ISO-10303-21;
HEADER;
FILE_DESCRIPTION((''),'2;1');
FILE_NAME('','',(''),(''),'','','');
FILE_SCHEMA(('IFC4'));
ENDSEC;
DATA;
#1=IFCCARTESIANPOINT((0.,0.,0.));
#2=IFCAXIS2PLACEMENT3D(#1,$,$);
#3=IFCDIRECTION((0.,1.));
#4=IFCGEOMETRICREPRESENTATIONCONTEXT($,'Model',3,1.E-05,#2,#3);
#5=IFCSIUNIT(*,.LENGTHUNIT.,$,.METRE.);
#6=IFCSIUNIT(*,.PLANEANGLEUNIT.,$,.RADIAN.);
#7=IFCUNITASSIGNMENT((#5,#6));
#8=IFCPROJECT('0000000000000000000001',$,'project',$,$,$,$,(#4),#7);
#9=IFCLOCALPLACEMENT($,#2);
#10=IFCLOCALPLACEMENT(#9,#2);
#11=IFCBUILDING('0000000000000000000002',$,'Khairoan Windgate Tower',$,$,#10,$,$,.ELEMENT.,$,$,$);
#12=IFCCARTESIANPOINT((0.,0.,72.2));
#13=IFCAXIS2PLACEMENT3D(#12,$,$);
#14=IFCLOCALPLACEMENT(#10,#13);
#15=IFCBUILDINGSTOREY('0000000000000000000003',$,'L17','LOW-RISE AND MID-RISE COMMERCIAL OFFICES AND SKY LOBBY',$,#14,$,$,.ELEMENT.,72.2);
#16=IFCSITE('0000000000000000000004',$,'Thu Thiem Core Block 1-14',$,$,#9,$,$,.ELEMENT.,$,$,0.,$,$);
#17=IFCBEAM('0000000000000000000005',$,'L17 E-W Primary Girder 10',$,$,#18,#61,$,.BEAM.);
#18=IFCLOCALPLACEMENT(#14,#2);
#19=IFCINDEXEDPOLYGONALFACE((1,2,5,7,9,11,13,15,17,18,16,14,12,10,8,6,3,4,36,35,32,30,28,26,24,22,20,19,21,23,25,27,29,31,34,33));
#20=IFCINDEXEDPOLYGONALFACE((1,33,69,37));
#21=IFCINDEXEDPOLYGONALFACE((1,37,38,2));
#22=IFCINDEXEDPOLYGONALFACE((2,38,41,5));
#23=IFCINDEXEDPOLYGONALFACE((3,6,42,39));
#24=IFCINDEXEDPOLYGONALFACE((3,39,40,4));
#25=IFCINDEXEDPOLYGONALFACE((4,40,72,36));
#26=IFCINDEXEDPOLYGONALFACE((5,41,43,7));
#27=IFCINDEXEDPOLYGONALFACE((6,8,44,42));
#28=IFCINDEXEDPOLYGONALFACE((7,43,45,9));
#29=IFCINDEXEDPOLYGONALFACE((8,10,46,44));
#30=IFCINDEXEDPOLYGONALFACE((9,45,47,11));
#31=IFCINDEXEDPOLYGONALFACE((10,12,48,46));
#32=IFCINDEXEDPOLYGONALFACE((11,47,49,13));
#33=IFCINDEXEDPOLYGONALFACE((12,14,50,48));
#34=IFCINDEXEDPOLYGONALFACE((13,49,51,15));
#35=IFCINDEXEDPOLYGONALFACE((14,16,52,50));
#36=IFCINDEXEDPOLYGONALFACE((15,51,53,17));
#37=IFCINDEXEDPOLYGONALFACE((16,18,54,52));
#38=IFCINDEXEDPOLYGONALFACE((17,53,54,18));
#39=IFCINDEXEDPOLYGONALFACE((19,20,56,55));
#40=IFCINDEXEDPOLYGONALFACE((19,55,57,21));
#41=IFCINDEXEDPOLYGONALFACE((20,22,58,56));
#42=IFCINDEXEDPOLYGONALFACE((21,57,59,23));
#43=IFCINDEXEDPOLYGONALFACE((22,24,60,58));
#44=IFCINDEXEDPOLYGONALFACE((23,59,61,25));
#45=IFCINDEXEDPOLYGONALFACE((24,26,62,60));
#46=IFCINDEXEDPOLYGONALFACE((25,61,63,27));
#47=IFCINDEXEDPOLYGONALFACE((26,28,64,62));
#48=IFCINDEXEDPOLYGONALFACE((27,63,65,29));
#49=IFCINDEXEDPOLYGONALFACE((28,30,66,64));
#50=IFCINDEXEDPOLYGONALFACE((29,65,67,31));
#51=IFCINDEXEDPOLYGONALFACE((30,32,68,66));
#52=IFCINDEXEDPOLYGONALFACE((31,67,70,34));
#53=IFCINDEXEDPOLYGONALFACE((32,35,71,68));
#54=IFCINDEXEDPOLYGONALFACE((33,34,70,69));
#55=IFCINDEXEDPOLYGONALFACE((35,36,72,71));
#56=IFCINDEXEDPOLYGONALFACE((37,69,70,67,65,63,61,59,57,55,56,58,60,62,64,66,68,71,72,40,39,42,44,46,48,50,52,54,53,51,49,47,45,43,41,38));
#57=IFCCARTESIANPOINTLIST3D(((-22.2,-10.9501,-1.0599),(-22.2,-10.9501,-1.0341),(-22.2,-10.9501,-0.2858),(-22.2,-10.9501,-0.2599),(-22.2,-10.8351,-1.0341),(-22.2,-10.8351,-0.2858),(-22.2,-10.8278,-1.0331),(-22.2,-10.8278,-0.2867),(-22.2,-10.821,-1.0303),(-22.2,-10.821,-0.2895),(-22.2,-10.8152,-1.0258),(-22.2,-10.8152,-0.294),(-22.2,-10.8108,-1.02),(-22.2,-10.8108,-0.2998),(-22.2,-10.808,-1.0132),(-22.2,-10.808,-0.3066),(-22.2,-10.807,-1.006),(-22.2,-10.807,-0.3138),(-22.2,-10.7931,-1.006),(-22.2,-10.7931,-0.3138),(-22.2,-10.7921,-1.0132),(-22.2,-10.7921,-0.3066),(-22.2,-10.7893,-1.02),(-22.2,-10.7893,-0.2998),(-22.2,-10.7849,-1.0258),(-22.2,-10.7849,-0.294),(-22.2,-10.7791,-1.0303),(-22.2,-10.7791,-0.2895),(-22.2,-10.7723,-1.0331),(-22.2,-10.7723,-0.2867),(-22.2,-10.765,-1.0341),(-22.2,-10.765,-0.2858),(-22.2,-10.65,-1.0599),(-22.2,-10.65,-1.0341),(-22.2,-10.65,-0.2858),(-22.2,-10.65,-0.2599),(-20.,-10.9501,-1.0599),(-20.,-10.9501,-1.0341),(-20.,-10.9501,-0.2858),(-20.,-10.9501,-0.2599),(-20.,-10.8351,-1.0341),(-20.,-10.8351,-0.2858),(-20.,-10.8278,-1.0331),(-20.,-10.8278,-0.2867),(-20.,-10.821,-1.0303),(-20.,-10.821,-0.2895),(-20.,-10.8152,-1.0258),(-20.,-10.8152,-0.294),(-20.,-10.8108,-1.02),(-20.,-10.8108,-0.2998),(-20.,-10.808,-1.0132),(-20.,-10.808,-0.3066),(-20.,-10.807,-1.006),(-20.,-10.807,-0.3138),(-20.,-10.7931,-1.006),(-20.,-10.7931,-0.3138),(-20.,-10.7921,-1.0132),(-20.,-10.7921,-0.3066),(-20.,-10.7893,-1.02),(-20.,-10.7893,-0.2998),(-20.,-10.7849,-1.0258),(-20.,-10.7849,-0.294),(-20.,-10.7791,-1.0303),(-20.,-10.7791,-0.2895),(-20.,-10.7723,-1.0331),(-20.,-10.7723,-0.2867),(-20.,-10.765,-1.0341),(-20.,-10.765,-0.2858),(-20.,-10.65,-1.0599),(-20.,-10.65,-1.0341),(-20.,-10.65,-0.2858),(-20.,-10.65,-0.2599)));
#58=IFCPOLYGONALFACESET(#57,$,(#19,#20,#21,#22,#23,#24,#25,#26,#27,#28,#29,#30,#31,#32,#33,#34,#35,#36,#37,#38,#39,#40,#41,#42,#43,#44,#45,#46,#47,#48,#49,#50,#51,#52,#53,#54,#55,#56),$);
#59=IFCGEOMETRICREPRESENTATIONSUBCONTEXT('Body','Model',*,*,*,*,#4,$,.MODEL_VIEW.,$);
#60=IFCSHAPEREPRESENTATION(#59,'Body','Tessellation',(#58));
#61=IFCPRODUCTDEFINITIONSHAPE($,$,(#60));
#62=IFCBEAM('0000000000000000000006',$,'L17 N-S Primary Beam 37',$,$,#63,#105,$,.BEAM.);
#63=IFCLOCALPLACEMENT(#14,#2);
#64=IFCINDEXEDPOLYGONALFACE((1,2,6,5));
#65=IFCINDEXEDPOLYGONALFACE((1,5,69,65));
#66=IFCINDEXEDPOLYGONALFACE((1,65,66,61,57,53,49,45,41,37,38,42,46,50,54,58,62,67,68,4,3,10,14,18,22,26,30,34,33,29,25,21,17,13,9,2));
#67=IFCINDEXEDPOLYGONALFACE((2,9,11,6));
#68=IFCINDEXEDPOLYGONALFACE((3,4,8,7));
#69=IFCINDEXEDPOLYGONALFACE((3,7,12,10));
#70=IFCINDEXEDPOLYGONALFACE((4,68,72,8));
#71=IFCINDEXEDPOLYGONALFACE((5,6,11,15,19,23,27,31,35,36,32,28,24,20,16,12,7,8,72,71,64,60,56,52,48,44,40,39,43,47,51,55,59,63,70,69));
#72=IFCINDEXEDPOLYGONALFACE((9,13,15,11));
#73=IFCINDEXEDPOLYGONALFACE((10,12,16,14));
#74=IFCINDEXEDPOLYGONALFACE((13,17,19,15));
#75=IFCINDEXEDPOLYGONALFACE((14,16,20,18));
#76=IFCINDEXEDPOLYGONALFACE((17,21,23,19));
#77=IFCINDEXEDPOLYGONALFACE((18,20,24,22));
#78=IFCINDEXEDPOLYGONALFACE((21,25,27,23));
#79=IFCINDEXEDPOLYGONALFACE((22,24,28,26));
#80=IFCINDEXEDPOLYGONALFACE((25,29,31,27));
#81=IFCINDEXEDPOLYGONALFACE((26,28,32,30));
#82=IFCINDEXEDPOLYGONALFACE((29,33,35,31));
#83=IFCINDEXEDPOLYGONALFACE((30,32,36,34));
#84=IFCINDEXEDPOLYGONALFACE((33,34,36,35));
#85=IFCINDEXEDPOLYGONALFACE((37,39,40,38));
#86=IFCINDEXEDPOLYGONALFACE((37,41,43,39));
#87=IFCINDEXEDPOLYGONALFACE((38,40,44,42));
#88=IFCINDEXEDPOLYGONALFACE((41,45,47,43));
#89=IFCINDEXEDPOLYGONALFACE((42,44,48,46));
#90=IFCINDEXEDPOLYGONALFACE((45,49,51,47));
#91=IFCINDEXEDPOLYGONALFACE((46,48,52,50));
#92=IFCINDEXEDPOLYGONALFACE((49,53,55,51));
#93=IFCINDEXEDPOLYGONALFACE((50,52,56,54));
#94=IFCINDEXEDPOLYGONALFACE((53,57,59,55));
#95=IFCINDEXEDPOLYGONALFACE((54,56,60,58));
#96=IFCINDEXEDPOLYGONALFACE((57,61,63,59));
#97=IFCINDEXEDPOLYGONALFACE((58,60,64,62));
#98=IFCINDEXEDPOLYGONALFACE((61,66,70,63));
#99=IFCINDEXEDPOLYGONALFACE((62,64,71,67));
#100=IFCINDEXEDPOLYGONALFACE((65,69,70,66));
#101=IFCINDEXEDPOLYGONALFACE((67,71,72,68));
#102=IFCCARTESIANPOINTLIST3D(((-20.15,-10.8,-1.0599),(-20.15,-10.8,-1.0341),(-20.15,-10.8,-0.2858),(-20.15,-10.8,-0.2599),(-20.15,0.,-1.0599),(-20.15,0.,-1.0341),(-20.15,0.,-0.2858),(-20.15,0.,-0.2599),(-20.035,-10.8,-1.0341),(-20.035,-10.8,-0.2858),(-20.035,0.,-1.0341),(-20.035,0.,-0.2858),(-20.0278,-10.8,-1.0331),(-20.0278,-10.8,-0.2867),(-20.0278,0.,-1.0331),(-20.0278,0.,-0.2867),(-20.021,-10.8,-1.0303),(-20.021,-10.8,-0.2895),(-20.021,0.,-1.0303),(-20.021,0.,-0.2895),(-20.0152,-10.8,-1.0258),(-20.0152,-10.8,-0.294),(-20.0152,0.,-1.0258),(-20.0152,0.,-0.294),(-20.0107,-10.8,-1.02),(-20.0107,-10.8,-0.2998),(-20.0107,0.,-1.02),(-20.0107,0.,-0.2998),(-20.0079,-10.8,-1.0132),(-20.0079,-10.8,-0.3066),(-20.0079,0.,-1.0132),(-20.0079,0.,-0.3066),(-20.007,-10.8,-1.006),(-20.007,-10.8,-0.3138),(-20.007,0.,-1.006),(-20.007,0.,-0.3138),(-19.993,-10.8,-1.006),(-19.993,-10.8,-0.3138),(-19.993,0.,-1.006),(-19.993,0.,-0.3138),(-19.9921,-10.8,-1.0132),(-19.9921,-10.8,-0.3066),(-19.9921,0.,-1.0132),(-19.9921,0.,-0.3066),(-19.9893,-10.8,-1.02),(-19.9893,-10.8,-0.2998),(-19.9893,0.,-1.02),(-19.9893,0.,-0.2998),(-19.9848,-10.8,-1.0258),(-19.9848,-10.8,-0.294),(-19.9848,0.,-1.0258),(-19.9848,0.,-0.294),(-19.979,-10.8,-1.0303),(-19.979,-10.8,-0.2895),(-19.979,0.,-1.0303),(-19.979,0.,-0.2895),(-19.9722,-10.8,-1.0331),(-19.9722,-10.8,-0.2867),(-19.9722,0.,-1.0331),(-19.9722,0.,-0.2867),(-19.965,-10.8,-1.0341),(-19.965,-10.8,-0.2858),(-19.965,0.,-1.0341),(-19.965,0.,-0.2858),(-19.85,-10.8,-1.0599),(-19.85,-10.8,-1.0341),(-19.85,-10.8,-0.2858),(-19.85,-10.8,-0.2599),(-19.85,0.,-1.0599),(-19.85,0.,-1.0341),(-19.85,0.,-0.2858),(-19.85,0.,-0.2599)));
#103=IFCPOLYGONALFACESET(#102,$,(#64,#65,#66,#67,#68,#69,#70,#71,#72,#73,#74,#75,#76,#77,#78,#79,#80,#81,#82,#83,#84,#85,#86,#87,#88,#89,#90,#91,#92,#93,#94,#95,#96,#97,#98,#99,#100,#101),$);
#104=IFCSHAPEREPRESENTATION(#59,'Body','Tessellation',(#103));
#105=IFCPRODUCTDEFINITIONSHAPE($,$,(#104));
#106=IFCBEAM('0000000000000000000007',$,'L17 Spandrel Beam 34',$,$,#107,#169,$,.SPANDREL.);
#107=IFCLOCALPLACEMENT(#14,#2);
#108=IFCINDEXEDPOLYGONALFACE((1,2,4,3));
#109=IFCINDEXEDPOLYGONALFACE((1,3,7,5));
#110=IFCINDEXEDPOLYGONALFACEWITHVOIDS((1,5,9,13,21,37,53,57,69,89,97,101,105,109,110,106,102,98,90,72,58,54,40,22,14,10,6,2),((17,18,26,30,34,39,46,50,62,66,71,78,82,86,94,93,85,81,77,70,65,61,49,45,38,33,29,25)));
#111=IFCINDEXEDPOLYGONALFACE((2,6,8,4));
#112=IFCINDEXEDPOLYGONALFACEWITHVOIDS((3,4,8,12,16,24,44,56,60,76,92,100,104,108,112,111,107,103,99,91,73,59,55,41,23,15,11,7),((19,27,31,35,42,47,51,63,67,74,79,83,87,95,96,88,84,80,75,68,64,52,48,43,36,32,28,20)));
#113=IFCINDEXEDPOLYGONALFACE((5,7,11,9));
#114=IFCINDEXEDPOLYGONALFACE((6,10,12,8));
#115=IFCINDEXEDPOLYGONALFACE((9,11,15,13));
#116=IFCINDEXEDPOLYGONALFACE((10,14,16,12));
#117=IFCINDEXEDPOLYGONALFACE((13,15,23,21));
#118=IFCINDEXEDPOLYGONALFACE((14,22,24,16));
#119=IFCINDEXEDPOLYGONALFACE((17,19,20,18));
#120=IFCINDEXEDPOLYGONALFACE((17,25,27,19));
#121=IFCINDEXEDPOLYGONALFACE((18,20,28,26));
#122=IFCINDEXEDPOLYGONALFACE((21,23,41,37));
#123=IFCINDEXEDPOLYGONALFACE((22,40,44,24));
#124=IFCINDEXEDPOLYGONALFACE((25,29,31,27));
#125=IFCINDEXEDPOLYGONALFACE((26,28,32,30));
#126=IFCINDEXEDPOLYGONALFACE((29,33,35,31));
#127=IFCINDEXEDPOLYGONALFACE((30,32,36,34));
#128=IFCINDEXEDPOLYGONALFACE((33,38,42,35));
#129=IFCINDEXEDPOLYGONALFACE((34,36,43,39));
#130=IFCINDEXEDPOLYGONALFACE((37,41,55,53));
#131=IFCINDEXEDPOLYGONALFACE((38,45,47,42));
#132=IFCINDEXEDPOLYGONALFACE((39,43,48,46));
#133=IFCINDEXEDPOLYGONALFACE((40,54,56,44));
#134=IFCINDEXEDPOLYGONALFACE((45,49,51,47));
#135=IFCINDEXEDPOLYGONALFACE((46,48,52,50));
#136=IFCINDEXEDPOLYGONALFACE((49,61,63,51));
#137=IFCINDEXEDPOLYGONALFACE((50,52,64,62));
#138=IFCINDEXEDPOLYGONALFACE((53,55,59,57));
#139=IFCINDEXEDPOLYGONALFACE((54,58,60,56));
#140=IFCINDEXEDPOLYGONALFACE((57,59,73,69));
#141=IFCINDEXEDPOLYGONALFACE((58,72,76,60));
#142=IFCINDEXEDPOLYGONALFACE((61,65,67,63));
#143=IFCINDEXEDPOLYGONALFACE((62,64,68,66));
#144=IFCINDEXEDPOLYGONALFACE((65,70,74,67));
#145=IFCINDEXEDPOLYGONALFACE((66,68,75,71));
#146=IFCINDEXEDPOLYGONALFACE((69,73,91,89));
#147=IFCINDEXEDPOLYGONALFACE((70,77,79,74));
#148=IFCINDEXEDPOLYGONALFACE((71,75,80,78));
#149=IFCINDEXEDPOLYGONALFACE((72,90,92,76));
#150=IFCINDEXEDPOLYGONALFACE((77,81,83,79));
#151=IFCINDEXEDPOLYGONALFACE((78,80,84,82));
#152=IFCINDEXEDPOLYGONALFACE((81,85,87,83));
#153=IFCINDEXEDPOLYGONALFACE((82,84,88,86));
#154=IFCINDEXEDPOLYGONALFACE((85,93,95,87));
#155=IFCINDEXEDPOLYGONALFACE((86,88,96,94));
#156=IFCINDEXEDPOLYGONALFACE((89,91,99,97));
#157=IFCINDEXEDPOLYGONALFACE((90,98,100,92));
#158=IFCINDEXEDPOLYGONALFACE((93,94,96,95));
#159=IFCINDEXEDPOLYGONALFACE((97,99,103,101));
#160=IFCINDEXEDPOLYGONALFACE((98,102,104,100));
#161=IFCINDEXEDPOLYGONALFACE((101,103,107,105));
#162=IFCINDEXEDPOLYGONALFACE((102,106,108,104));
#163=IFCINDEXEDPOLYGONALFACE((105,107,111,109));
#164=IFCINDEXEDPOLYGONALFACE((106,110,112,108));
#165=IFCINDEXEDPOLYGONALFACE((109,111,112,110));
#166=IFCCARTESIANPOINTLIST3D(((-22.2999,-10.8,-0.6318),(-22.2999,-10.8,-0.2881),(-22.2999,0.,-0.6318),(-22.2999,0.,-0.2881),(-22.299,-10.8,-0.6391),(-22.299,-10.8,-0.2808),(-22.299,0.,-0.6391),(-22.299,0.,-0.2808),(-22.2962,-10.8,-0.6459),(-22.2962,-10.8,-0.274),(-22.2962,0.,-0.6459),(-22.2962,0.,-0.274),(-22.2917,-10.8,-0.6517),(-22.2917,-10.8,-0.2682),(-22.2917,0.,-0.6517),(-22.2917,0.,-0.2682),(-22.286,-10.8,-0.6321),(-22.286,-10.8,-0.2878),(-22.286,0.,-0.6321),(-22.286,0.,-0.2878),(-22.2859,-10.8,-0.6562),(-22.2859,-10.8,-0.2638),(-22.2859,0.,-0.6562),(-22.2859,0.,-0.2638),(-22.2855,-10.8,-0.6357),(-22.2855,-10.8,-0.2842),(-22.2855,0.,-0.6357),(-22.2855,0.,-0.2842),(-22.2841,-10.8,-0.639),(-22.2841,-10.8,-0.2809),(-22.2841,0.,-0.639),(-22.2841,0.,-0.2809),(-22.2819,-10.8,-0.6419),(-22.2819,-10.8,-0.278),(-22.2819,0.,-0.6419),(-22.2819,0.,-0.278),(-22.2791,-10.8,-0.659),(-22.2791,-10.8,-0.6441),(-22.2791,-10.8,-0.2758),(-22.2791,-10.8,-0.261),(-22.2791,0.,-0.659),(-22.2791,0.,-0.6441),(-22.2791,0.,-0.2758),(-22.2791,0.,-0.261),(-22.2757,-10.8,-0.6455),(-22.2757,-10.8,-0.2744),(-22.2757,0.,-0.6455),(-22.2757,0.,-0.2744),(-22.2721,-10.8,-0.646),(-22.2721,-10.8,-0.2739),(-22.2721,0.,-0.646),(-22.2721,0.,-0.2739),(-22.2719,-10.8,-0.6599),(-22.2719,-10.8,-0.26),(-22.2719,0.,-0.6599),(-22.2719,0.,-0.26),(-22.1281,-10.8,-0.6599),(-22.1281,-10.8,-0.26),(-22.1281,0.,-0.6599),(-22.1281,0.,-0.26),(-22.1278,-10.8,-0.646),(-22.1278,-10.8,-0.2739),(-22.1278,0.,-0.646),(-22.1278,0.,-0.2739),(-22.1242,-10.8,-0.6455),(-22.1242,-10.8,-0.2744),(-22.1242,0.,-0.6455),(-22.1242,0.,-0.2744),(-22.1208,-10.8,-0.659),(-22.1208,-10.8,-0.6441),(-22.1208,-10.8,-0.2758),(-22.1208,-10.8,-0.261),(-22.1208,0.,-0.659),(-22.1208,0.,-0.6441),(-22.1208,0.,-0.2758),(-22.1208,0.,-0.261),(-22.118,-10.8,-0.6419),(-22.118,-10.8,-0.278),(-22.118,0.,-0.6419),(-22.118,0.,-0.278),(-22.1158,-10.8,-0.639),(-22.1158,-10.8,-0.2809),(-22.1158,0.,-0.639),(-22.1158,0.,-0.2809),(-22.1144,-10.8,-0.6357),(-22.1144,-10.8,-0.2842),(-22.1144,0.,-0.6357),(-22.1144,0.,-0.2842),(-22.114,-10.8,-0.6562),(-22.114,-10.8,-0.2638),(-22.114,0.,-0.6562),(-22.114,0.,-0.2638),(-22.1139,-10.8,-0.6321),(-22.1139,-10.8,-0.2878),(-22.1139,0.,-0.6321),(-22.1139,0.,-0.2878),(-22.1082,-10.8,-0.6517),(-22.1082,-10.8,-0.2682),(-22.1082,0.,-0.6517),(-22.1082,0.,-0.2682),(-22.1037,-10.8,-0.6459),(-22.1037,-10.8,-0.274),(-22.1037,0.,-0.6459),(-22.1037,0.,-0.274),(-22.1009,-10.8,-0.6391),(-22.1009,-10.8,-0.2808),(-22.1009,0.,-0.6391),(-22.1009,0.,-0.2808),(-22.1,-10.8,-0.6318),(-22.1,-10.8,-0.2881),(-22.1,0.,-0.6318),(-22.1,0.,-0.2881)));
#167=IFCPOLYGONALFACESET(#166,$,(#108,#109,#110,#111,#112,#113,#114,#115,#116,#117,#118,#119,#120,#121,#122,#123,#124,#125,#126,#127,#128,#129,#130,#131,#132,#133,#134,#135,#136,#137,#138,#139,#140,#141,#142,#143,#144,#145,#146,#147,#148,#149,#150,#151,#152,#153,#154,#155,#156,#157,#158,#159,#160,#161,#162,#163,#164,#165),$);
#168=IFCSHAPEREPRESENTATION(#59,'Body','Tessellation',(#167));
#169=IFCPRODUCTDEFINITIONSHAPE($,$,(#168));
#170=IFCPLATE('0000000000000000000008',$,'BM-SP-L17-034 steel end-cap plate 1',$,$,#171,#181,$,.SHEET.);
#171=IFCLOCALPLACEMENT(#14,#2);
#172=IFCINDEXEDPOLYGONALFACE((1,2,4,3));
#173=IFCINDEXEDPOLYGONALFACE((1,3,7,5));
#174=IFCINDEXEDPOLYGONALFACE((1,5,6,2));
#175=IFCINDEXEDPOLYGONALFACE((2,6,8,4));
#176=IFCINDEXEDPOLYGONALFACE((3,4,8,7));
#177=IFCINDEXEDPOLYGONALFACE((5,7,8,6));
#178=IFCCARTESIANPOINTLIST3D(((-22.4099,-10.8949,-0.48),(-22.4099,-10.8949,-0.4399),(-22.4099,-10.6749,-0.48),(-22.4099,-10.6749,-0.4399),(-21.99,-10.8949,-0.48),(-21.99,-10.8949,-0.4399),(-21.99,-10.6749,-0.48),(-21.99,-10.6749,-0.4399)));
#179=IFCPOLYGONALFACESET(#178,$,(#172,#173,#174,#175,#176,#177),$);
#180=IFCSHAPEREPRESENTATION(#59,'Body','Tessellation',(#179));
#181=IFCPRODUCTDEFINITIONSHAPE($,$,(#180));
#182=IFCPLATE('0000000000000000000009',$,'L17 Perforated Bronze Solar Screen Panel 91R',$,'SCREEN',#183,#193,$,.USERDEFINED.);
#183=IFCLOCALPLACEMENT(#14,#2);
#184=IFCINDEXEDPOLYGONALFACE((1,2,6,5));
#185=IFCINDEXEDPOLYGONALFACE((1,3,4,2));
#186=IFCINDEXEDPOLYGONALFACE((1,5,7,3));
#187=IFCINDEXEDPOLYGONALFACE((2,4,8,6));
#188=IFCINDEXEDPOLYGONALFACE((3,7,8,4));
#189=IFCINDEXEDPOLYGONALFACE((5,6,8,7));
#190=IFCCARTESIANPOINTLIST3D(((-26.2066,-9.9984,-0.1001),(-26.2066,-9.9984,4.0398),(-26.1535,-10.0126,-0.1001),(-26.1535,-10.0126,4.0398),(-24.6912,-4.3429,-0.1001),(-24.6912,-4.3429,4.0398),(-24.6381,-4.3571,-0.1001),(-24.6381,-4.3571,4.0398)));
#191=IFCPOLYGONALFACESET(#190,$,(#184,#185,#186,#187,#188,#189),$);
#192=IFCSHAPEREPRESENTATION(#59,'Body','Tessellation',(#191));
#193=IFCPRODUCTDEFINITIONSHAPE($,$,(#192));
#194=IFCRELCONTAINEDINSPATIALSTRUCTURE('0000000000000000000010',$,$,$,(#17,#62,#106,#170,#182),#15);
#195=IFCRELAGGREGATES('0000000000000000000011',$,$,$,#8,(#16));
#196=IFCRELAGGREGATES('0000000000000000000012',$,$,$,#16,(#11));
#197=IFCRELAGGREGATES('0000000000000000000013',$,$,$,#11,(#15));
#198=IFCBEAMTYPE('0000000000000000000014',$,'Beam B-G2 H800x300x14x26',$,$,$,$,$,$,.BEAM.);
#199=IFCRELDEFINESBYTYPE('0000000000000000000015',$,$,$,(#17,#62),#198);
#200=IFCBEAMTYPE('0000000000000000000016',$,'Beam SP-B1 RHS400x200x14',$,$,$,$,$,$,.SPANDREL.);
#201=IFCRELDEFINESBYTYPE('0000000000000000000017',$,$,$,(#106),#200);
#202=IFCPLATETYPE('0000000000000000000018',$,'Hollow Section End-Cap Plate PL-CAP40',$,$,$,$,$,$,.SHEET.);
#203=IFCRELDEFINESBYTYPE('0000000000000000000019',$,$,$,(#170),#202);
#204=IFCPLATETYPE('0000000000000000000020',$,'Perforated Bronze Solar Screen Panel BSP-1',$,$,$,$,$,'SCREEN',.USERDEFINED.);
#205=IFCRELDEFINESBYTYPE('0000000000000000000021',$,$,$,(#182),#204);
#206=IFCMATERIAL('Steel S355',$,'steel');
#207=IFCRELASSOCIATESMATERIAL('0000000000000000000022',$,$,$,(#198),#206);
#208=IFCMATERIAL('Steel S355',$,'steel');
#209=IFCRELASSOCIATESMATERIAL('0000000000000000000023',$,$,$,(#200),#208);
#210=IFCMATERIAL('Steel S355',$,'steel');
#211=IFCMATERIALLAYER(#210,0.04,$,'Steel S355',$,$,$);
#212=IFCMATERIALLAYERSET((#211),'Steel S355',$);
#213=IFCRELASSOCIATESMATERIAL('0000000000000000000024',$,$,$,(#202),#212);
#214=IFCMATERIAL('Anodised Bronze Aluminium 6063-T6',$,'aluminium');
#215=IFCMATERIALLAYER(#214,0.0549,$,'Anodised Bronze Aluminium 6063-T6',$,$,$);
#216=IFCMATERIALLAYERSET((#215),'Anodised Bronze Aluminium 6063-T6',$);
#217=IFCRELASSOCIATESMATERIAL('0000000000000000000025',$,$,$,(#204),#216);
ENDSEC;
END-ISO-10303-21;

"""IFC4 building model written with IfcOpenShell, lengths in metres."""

from ifc_helpers import new_model, si_unit, direction, frame, origin, origin_2d, place, context, subcontext, project, spatial, rectangle, hollow_rectangle, i_section, extrude, material, layer, layer_set, material_profile, profile_set, type_object, element, save


model = new_model("IFC4")

# Units and contexts
model_context = context("Model", 3, precision=1e-05, world=origin(), true_north=direction((0.0, 1.0)))
body_context = subcontext(model_context, "Body", "Model", "MODEL_VIEW")
ifc_project = project(units=[si_unit("LENGTHUNIT", "METRE"), si_unit("PLANEANGLEUNIT", "RADIAN")], contexts=[model_context])

# Site, building, storey
site_placement = place(None, origin())
site = spatial("IfcSite", under=ifc_project, at=site_placement, Name="Thu Thiem Core Block 1-14", CompositionType="ELEMENT", RefElevation=0.0)
building_placement = place(site_placement, origin())
building = spatial("IfcBuilding", under=site, at=building_placement, Name="Khairoan Windgate Tower", CompositionType="ELEMENT")
storey_placement = place(building_placement, frame((0.0, 0.0, 72.2)))
storey = spatial("IfcBuildingStorey", under=building, at=storey_placement, Name="L17", Description="LOW-RISE AND MID-RISE COMMERCIAL OFFICES AND SKY LOBBY", CompositionType="ELEMENT", Elevation=72.2)

# Beams
ifc_material_1 = material(Name="Steel S355", Category="steel")
ifc_material_profile_1 = material_profile(ifc_material_1, i_section(OverallWidth=0.3, OverallDepth=0.8, WebThickness=0.0139, FlangeThickness=0.0259, FilletRadius=0.0281, at=origin_2d()))
ifc_profile_set_1 = profile_set([ifc_material_profile_1], Name="Steel S355")
beam_type_1 = type_object("IfcBeamType", Name="Beam B-G2 H800x300x14x26", PredefinedType="BEAM", material=ifc_profile_set_1)
beam_1_placement = place(storey_placement, frame((-22.2, -10.8, -0.6599), z_axis=(1.0, 0.0, 0.0), x_axis=(0.0, 1.0, 0.0)))
element("IfcBeam", 1, at=beam_1_placement, inside=storey, type_object=beam_type_1, Name="L17 E-W Primary Girder 10", PredefinedType="BEAM", context=body_context, shape_type="SweptSolid", body=[
    extrude(i_section(OverallWidth=0.3, OverallDepth=0.8, WebThickness=0.0139, FlangeThickness=0.0259, FilletRadius=0.0281, at=origin_2d()), origin(), (0.0, 0.0, 1.0), 2.2),
])
beam_2_placement = place(storey_placement, frame((-20.0, -10.8, -0.6599), z_axis=(0.0, 1.0, 0.0), x_axis=(-1.0, 0.0, 0.0)))
element("IfcBeam", 2, at=beam_2_placement, inside=storey, type_object=beam_type_1, Name="L17 N-S Primary Beam 37", PredefinedType="BEAM", context=body_context, shape_type="SweptSolid", body=[
    extrude(i_section(OverallWidth=0.3, OverallDepth=0.8, WebThickness=0.0139, FlangeThickness=0.0259, FilletRadius=0.0281, at=origin_2d()), origin(), (0.0, 0.0, 1.0), 10.8),
])
ifc_material_2 = material(Name="Steel S355", Category="steel")
ifc_material_profile_2 = material_profile(ifc_material_2, hollow_rectangle(XDim=0.2, YDim=0.3999, WallThickness=0.0139, InnerFilletRadius=0.0139, OuterFilletRadius=0.0281, at=origin_2d()))
ifc_profile_set_2 = profile_set([ifc_material_profile_2], Name="Steel S355")
beam_type_2 = type_object("IfcBeamType", Name="Beam SP-B1 RHS400x200x14", PredefinedType="SPANDREL", material=ifc_profile_set_2)
beam_3_placement = place(storey_placement, frame((-22.2, -10.8, -0.46), z_axis=(0.0, 1.0, 0.0), x_axis=(-1.0, 0.0, 0.0)))
element("IfcBeam", 3, at=beam_3_placement, inside=storey, type_object=beam_type_2, Name="L17 Spandrel Beam 34", PredefinedType="SPANDREL", context=body_context, shape_type="SweptSolid", body=[
    extrude(hollow_rectangle(XDim=0.2, YDim=0.3999, WallThickness=0.0139, InnerFilletRadius=0.0139, OuterFilletRadius=0.0281, at=origin_2d()), origin(), (0.0, 0.0, 1.0), 10.8),
])

# Plates
ifc_material_3 = material(Name="Steel S355", Category="steel")
ifc_layer_1 = layer(ifc_material_3, 0.04, Name="Steel S355")
ifc_layer_set_1 = layer_set([ifc_layer_1], Name="Steel S355")
plate_type_1 = type_object("IfcPlateType", Name="Hollow Section End-Cap Plate PL-CAP40", PredefinedType="SHEET", material=ifc_layer_set_1)
plate_1_placement = place(storey_placement, frame((-22.2, -10.7849, -0.48), z_axis=(0.0, 0.0, 1.0), x_axis=(0.0, 1.0, 0.0)))
element("IfcPlate", 4, at=plate_1_placement, inside=storey, type_object=plate_type_1, Name="BM-SP-L17-034 steel end-cap plate 1", PredefinedType="SHEET", context=body_context, shape_type="SweptSolid", body=[
    extrude(rectangle(XDim=0.22, YDim=0.4199, at=origin_2d()), origin(), (0.0, 0.0, 1.0), 0.04),
])
ifc_material_4 = material(Name="Anodised Bronze Aluminium 6063-T6", Category="aluminium")
ifc_layer_2 = layer(ifc_material_4, 0.0549, Name="Anodised Bronze Aluminium 6063-T6")
ifc_layer_set_2 = layer_set([ifc_layer_2], Name="Anodised Bronze Aluminium 6063-T6")
plate_type_2 = type_object("IfcPlateType", Name="Perforated Bronze Solar Screen Panel BSP-1", ElementType="SCREEN", PredefinedType="USERDEFINED", material=ifc_layer_set_2)
plate_2_placement = place(storey_placement, frame((-25.4224, -7.1777, -0.1001), z_axis=(0.0, 0.0, 1.0), x_axis=(0.258819, 0.965926, 0.0)))
element("IfcPlate", 5, at=plate_2_placement, inside=storey, type_object=plate_type_2, Name="L17 Perforated Bronze Solar Screen Panel 91R", ObjectType="SCREEN", PredefinedType="USERDEFINED", context=body_context, shape_type="SweptSolid", body=[
    extrude(rectangle(XDim=5.855, YDim=0.0549, at=origin_2d()), origin(), (0.0, 0.0, 1.0), 4.1399),
])

save(model, "model.ifc")
